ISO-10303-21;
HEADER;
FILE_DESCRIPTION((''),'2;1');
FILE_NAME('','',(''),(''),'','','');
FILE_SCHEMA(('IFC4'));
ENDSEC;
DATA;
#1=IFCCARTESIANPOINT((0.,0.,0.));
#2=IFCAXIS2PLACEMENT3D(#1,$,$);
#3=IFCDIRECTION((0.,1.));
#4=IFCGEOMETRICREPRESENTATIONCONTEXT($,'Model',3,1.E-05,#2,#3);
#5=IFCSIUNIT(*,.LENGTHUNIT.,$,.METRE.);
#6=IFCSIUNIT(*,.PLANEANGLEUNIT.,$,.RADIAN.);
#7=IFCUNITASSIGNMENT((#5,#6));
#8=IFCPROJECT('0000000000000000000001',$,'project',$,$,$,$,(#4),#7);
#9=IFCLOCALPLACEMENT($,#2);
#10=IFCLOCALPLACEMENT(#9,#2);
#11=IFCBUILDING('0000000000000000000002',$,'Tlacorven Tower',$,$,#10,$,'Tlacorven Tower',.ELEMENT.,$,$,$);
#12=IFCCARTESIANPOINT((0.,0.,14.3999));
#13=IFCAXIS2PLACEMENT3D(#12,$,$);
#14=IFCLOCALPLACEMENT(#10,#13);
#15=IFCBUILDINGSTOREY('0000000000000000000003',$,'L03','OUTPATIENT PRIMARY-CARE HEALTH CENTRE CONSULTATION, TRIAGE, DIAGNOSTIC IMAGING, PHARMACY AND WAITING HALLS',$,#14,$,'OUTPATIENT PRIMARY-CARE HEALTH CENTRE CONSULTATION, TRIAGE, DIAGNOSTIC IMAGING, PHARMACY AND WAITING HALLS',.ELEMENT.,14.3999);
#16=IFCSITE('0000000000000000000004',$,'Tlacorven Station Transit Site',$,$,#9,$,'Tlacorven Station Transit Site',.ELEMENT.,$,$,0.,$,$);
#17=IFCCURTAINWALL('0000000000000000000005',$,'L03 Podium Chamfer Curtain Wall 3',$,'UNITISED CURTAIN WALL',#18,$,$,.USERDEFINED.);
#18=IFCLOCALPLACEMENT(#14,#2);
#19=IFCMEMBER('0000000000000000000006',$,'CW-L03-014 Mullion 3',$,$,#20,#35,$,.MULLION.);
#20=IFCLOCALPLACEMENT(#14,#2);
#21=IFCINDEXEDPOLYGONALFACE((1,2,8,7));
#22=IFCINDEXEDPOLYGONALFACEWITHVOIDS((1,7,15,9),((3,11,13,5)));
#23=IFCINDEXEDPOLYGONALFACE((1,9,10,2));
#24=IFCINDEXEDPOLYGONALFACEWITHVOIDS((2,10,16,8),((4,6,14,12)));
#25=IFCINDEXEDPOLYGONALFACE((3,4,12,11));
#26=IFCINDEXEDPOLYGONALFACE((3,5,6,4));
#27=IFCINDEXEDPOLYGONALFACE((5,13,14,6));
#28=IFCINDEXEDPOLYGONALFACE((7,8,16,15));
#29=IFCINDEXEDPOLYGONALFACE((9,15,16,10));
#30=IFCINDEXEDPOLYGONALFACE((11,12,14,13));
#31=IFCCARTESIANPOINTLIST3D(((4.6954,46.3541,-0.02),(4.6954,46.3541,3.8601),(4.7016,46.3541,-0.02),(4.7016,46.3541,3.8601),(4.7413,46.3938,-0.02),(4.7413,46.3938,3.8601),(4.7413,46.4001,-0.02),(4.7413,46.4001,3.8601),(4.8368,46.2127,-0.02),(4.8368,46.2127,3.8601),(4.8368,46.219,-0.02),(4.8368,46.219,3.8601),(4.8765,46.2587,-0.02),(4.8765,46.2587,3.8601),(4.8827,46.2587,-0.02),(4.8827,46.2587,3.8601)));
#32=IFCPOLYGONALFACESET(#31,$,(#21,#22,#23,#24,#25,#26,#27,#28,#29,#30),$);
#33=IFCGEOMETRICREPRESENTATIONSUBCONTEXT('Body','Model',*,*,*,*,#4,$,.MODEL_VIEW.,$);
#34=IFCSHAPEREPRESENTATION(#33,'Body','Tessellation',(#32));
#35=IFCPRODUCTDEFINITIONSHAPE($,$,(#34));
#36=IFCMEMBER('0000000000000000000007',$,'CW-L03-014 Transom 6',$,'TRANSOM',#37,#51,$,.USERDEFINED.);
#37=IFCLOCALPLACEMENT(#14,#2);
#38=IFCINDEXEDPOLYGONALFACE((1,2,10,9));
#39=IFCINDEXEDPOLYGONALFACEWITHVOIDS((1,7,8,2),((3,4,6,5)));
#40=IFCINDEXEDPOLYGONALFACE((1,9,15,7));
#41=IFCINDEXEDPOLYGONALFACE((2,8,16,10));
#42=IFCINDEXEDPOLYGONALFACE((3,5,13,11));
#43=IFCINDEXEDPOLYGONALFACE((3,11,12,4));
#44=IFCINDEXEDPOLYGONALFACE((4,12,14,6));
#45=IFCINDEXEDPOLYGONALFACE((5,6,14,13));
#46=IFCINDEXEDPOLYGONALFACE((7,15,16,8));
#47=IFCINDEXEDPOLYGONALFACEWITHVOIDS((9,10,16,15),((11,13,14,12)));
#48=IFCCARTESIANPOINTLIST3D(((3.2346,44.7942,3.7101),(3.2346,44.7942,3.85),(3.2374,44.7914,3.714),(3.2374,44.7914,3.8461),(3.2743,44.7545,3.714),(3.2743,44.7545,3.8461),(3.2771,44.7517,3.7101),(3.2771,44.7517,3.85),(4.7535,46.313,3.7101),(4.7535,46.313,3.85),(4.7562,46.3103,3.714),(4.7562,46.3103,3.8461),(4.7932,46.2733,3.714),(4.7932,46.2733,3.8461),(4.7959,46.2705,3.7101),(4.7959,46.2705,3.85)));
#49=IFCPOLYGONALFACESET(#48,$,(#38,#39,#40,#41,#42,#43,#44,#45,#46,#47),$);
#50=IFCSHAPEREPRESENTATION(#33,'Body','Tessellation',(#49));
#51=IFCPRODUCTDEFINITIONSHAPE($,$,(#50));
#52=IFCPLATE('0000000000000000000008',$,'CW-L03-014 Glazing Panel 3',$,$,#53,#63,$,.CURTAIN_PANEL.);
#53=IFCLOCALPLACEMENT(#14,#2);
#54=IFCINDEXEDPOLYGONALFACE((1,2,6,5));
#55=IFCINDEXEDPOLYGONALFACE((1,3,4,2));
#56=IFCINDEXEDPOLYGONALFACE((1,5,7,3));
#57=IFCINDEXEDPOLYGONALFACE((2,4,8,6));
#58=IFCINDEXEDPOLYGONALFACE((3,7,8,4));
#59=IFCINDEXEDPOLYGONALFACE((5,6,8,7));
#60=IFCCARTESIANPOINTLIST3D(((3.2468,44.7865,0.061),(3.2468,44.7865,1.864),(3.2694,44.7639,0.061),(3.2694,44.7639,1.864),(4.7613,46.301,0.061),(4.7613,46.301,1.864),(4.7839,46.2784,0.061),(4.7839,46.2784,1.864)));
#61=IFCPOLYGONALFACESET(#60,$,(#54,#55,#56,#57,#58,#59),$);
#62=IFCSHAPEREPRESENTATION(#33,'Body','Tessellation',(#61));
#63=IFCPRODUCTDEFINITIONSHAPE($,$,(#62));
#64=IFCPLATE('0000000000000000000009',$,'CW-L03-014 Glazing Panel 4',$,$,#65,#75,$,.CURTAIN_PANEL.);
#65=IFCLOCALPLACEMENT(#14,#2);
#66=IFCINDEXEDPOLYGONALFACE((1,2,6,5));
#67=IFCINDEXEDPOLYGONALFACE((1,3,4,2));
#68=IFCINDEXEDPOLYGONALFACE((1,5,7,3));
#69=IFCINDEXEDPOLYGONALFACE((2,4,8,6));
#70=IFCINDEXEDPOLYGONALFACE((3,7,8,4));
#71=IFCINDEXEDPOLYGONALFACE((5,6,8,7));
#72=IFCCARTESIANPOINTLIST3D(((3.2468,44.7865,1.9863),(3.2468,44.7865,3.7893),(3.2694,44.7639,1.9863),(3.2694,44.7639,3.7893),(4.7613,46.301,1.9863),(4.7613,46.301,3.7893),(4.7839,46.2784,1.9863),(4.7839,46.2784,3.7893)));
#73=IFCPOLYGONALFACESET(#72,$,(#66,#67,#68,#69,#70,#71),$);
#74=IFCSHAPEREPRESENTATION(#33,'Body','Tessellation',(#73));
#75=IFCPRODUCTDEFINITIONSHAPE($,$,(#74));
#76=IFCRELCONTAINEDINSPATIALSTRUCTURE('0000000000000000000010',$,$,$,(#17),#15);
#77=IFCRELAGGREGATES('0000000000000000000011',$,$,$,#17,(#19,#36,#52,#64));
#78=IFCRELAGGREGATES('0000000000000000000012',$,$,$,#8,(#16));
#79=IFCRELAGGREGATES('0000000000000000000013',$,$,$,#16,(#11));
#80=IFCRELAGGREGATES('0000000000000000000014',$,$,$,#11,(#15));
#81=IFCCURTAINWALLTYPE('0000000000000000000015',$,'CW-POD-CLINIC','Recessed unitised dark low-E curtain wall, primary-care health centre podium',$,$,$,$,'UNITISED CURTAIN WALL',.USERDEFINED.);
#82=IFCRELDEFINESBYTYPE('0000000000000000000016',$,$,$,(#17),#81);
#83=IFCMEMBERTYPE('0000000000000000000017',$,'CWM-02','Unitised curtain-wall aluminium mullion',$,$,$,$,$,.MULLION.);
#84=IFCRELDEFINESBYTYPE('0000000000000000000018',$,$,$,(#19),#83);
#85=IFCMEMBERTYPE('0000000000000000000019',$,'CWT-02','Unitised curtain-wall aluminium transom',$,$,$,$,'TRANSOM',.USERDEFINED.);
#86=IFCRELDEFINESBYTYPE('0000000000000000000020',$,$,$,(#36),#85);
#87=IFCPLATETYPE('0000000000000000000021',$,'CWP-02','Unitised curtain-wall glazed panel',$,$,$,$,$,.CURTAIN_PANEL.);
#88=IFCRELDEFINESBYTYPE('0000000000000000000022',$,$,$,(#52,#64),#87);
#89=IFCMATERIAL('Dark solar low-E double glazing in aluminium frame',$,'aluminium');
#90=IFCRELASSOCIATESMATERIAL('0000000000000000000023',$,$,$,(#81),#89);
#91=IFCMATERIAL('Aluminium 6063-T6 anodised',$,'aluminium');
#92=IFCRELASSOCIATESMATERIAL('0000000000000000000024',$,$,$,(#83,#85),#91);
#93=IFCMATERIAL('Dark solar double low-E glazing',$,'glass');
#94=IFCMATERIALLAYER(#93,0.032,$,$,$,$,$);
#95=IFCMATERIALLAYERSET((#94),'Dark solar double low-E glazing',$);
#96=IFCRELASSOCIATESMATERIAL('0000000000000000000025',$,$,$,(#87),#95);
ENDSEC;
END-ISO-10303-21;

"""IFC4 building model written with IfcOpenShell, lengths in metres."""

from ifc_helpers import new_model, si_unit, direction, frame, origin, origin_2d, place, context, subcontext, project, spatial, rectangle, hollow_rectangle, extrude, source, transform, mapped, material, layer, layer_set, material_profile, profile_set, type_object, element, aggregate, save


model = new_model("IFC4")

# Units and contexts
model_context = context("Model", 3, precision=1e-05, world=origin(), true_north=direction((0.0, 1.0)))
body_context = subcontext(model_context, "Body", "Model", "MODEL_VIEW")
ifc_project = project(units=[si_unit("LENGTHUNIT", "METRE"), si_unit("PLANEANGLEUNIT", "RADIAN")], contexts=[model_context])

# Site, building, storey
site_placement = place(None, origin())
site = spatial("IfcSite", under=ifc_project, at=site_placement, Name="Tlacorven Station Transit Site", LongName="Tlacorven Station Transit Site", CompositionType="ELEMENT", RefElevation=0.0)
building_placement = place(site_placement, origin())
building = spatial("IfcBuilding", under=site, at=building_placement, Name="Tlacorven Tower", LongName="Tlacorven Tower", CompositionType="ELEMENT")
storey_placement = place(building_placement, frame((0.0, 0.0, 14.3999)))
storey = spatial("IfcBuildingStorey", under=building, at=storey_placement, Name="L03", Description="OUTPATIENT PRIMARY-CARE HEALTH CENTRE CONSULTATION, TRIAGE, DIAGNOSTIC IMAGING, PHARMACY AND WAITING HALLS", LongName="OUTPATIENT PRIMARY-CARE HEALTH CENTRE CONSULTATION, TRIAGE, DIAGNOSTIC IMAGING, PHARMACY AND WAITING HALLS", CompositionType="ELEMENT", Elevation=14.3999)

# Curtain wall, members, plates
ifc_material_1 = material(Name="Dark solar low-E double glazing in aluminium frame", Category="aluminium")
curtain_wall_type = type_object("IfcCurtainWallType", Name="CW-POD-CLINIC", Description="Recessed unitised dark low-E curtain wall, primary-care health centre podium", ElementType="UNITISED CURTAIN WALL", PredefinedType="USERDEFINED", material=ifc_material_1)
curtain_wall_placement = place(storey_placement, origin())
curtain_wall = element("IfcCurtainWall", 1, at=curtain_wall_placement, inside=storey, type_object=curtain_wall_type, Name="L03 Podium Chamfer Curtain Wall 3", ObjectType="UNITISED CURTAIN WALL", PredefinedType="USERDEFINED")
ifc_material_2 = material(Name="Aluminium 6063-T6 anodised", Category="aluminium")
ifc_material_profile_1 = material_profile(ifc_material_2, hollow_rectangle(XDim=0.0649, YDim=0.2, WallThickness=0.0044, at=origin_2d()), Name="ALU MULLION 65X200")
ifc_profile_set_1 = profile_set([ifc_material_profile_1], Name="Aluminium 6063-T6 anodised")
member_type_1 = type_object("IfcMemberType", Name="CWM-02", Description="Unitised curtain-wall aluminium mullion", PredefinedType="MULLION", material=ifc_profile_set_1)
shared_shape_1 = source(origin(), body_context, "Body", "SweptSolid", [
    extrude(hollow_rectangle(XDim=0.0649, YDim=0.2, WallThickness=0.0044, at=origin_2d()), origin(), (0.0, 0.0, 1.0), 3.8801),
])
member_1_placement = place(storey_placement, frame((4.7891, 46.3064, -0.02), z_axis=(0.0, 0.0, 1.0), x_axis=(0.707107, 0.707107, 0.0)))
member_1 = element("IfcMember", 2, at=member_1_placement, type_object=member_type_1, Name="CW-L03-014 Mullion 3", PredefinedType="MULLION", context=body_context, shape_type="MappedRepresentation", body=[
    mapped(shared_shape_1, transform((0.0, 0.0, 0.0), scale=1.0)),
])
ifc_material_profile_2 = material_profile(ifc_material_2, hollow_rectangle(XDim=0.0601, YDim=0.1399, WallThickness=0.0039, at=origin_2d()), Name="ALU TRANSOM 60X140")
ifc_profile_set_2 = profile_set([ifc_material_profile_2], Name="Aluminium 6063-T6 anodised")
member_type_2 = type_object("IfcMemberType", Name="CWT-02", Description="Unitised curtain-wall aluminium transom", ElementType="TRANSOM", PredefinedType="USERDEFINED", material=ifc_profile_set_2)
shared_shape_2 = source(origin(), body_context, "Body", "SweptSolid", [
    extrude(hollow_rectangle(XDim=0.0601, YDim=0.1399, WallThickness=0.0039, at=origin_2d()), origin(), (0.0, 0.0, 1.0), 2.1479),
])
member_2_placement = place(storey_placement, frame((3.2559, 44.7729, 3.78), z_axis=(0.707107, 0.707107, 0.0), x_axis=(-0.707107, 0.707107, 0.0)))
member_2 = element("IfcMember", 3, at=member_2_placement, type_object=member_type_2, Name="CW-L03-014 Transom 6", ObjectType="TRANSOM", PredefinedType="USERDEFINED", context=body_context, shape_type="MappedRepresentation", body=[
    mapped(shared_shape_2, transform((0.0, 0.0, 0.0), scale=1.0)),
])
ifc_material_3 = material(Name="Dark solar double low-E glazing", Category="glass")
ifc_layer = layer(ifc_material_3, 0.032)
ifc_layer_set = layer_set([ifc_layer], Name="Dark solar double low-E glazing")
plate_type = type_object("IfcPlateType", Name="CWP-02", Description="Unitised curtain-wall glazed panel", PredefinedType="CURTAIN_PANEL", material=ifc_layer_set)
shared_shape_3 = source(origin(), body_context, "Body", "SweptSolid", [
    extrude(rectangle(XDim=2.1418, YDim=0.032, at=origin_2d()), origin(), (0.0, 0.0, 1.0), 1.803),
])
plate_1_placement = place(storey_placement, frame((4.0154, 45.5325, 0.061), z_axis=(0.0, 0.0, 1.0), x_axis=(0.707107, 0.707107, 0.0)))
plate_1 = element("IfcPlate", 4, at=plate_1_placement, type_object=plate_type, Name="CW-L03-014 Glazing Panel 3", PredefinedType="CURTAIN_PANEL", context=body_context, shape_type="MappedRepresentation", body=[
    mapped(shared_shape_3, transform((0.0, 0.0, 0.0), scale=1.0)),
])
plate_2_placement = place(storey_placement, frame((4.0154, 45.5325, 1.9863), z_axis=(0.0, 0.0, 1.0), x_axis=(0.707107, 0.707107, 0.0)))
plate_2 = element("IfcPlate", 5, at=plate_2_placement, type_object=plate_type, Name="CW-L03-014 Glazing Panel 4", PredefinedType="CURTAIN_PANEL", context=body_context, shape_type="MappedRepresentation", body=[
    mapped(shared_shape_3, transform((0.0, 0.0, 0.0), scale=1.0)),
])
aggregate(curtain_wall, [member_1, member_2, plate_1, plate_2])

save(model, "model.ifc")
